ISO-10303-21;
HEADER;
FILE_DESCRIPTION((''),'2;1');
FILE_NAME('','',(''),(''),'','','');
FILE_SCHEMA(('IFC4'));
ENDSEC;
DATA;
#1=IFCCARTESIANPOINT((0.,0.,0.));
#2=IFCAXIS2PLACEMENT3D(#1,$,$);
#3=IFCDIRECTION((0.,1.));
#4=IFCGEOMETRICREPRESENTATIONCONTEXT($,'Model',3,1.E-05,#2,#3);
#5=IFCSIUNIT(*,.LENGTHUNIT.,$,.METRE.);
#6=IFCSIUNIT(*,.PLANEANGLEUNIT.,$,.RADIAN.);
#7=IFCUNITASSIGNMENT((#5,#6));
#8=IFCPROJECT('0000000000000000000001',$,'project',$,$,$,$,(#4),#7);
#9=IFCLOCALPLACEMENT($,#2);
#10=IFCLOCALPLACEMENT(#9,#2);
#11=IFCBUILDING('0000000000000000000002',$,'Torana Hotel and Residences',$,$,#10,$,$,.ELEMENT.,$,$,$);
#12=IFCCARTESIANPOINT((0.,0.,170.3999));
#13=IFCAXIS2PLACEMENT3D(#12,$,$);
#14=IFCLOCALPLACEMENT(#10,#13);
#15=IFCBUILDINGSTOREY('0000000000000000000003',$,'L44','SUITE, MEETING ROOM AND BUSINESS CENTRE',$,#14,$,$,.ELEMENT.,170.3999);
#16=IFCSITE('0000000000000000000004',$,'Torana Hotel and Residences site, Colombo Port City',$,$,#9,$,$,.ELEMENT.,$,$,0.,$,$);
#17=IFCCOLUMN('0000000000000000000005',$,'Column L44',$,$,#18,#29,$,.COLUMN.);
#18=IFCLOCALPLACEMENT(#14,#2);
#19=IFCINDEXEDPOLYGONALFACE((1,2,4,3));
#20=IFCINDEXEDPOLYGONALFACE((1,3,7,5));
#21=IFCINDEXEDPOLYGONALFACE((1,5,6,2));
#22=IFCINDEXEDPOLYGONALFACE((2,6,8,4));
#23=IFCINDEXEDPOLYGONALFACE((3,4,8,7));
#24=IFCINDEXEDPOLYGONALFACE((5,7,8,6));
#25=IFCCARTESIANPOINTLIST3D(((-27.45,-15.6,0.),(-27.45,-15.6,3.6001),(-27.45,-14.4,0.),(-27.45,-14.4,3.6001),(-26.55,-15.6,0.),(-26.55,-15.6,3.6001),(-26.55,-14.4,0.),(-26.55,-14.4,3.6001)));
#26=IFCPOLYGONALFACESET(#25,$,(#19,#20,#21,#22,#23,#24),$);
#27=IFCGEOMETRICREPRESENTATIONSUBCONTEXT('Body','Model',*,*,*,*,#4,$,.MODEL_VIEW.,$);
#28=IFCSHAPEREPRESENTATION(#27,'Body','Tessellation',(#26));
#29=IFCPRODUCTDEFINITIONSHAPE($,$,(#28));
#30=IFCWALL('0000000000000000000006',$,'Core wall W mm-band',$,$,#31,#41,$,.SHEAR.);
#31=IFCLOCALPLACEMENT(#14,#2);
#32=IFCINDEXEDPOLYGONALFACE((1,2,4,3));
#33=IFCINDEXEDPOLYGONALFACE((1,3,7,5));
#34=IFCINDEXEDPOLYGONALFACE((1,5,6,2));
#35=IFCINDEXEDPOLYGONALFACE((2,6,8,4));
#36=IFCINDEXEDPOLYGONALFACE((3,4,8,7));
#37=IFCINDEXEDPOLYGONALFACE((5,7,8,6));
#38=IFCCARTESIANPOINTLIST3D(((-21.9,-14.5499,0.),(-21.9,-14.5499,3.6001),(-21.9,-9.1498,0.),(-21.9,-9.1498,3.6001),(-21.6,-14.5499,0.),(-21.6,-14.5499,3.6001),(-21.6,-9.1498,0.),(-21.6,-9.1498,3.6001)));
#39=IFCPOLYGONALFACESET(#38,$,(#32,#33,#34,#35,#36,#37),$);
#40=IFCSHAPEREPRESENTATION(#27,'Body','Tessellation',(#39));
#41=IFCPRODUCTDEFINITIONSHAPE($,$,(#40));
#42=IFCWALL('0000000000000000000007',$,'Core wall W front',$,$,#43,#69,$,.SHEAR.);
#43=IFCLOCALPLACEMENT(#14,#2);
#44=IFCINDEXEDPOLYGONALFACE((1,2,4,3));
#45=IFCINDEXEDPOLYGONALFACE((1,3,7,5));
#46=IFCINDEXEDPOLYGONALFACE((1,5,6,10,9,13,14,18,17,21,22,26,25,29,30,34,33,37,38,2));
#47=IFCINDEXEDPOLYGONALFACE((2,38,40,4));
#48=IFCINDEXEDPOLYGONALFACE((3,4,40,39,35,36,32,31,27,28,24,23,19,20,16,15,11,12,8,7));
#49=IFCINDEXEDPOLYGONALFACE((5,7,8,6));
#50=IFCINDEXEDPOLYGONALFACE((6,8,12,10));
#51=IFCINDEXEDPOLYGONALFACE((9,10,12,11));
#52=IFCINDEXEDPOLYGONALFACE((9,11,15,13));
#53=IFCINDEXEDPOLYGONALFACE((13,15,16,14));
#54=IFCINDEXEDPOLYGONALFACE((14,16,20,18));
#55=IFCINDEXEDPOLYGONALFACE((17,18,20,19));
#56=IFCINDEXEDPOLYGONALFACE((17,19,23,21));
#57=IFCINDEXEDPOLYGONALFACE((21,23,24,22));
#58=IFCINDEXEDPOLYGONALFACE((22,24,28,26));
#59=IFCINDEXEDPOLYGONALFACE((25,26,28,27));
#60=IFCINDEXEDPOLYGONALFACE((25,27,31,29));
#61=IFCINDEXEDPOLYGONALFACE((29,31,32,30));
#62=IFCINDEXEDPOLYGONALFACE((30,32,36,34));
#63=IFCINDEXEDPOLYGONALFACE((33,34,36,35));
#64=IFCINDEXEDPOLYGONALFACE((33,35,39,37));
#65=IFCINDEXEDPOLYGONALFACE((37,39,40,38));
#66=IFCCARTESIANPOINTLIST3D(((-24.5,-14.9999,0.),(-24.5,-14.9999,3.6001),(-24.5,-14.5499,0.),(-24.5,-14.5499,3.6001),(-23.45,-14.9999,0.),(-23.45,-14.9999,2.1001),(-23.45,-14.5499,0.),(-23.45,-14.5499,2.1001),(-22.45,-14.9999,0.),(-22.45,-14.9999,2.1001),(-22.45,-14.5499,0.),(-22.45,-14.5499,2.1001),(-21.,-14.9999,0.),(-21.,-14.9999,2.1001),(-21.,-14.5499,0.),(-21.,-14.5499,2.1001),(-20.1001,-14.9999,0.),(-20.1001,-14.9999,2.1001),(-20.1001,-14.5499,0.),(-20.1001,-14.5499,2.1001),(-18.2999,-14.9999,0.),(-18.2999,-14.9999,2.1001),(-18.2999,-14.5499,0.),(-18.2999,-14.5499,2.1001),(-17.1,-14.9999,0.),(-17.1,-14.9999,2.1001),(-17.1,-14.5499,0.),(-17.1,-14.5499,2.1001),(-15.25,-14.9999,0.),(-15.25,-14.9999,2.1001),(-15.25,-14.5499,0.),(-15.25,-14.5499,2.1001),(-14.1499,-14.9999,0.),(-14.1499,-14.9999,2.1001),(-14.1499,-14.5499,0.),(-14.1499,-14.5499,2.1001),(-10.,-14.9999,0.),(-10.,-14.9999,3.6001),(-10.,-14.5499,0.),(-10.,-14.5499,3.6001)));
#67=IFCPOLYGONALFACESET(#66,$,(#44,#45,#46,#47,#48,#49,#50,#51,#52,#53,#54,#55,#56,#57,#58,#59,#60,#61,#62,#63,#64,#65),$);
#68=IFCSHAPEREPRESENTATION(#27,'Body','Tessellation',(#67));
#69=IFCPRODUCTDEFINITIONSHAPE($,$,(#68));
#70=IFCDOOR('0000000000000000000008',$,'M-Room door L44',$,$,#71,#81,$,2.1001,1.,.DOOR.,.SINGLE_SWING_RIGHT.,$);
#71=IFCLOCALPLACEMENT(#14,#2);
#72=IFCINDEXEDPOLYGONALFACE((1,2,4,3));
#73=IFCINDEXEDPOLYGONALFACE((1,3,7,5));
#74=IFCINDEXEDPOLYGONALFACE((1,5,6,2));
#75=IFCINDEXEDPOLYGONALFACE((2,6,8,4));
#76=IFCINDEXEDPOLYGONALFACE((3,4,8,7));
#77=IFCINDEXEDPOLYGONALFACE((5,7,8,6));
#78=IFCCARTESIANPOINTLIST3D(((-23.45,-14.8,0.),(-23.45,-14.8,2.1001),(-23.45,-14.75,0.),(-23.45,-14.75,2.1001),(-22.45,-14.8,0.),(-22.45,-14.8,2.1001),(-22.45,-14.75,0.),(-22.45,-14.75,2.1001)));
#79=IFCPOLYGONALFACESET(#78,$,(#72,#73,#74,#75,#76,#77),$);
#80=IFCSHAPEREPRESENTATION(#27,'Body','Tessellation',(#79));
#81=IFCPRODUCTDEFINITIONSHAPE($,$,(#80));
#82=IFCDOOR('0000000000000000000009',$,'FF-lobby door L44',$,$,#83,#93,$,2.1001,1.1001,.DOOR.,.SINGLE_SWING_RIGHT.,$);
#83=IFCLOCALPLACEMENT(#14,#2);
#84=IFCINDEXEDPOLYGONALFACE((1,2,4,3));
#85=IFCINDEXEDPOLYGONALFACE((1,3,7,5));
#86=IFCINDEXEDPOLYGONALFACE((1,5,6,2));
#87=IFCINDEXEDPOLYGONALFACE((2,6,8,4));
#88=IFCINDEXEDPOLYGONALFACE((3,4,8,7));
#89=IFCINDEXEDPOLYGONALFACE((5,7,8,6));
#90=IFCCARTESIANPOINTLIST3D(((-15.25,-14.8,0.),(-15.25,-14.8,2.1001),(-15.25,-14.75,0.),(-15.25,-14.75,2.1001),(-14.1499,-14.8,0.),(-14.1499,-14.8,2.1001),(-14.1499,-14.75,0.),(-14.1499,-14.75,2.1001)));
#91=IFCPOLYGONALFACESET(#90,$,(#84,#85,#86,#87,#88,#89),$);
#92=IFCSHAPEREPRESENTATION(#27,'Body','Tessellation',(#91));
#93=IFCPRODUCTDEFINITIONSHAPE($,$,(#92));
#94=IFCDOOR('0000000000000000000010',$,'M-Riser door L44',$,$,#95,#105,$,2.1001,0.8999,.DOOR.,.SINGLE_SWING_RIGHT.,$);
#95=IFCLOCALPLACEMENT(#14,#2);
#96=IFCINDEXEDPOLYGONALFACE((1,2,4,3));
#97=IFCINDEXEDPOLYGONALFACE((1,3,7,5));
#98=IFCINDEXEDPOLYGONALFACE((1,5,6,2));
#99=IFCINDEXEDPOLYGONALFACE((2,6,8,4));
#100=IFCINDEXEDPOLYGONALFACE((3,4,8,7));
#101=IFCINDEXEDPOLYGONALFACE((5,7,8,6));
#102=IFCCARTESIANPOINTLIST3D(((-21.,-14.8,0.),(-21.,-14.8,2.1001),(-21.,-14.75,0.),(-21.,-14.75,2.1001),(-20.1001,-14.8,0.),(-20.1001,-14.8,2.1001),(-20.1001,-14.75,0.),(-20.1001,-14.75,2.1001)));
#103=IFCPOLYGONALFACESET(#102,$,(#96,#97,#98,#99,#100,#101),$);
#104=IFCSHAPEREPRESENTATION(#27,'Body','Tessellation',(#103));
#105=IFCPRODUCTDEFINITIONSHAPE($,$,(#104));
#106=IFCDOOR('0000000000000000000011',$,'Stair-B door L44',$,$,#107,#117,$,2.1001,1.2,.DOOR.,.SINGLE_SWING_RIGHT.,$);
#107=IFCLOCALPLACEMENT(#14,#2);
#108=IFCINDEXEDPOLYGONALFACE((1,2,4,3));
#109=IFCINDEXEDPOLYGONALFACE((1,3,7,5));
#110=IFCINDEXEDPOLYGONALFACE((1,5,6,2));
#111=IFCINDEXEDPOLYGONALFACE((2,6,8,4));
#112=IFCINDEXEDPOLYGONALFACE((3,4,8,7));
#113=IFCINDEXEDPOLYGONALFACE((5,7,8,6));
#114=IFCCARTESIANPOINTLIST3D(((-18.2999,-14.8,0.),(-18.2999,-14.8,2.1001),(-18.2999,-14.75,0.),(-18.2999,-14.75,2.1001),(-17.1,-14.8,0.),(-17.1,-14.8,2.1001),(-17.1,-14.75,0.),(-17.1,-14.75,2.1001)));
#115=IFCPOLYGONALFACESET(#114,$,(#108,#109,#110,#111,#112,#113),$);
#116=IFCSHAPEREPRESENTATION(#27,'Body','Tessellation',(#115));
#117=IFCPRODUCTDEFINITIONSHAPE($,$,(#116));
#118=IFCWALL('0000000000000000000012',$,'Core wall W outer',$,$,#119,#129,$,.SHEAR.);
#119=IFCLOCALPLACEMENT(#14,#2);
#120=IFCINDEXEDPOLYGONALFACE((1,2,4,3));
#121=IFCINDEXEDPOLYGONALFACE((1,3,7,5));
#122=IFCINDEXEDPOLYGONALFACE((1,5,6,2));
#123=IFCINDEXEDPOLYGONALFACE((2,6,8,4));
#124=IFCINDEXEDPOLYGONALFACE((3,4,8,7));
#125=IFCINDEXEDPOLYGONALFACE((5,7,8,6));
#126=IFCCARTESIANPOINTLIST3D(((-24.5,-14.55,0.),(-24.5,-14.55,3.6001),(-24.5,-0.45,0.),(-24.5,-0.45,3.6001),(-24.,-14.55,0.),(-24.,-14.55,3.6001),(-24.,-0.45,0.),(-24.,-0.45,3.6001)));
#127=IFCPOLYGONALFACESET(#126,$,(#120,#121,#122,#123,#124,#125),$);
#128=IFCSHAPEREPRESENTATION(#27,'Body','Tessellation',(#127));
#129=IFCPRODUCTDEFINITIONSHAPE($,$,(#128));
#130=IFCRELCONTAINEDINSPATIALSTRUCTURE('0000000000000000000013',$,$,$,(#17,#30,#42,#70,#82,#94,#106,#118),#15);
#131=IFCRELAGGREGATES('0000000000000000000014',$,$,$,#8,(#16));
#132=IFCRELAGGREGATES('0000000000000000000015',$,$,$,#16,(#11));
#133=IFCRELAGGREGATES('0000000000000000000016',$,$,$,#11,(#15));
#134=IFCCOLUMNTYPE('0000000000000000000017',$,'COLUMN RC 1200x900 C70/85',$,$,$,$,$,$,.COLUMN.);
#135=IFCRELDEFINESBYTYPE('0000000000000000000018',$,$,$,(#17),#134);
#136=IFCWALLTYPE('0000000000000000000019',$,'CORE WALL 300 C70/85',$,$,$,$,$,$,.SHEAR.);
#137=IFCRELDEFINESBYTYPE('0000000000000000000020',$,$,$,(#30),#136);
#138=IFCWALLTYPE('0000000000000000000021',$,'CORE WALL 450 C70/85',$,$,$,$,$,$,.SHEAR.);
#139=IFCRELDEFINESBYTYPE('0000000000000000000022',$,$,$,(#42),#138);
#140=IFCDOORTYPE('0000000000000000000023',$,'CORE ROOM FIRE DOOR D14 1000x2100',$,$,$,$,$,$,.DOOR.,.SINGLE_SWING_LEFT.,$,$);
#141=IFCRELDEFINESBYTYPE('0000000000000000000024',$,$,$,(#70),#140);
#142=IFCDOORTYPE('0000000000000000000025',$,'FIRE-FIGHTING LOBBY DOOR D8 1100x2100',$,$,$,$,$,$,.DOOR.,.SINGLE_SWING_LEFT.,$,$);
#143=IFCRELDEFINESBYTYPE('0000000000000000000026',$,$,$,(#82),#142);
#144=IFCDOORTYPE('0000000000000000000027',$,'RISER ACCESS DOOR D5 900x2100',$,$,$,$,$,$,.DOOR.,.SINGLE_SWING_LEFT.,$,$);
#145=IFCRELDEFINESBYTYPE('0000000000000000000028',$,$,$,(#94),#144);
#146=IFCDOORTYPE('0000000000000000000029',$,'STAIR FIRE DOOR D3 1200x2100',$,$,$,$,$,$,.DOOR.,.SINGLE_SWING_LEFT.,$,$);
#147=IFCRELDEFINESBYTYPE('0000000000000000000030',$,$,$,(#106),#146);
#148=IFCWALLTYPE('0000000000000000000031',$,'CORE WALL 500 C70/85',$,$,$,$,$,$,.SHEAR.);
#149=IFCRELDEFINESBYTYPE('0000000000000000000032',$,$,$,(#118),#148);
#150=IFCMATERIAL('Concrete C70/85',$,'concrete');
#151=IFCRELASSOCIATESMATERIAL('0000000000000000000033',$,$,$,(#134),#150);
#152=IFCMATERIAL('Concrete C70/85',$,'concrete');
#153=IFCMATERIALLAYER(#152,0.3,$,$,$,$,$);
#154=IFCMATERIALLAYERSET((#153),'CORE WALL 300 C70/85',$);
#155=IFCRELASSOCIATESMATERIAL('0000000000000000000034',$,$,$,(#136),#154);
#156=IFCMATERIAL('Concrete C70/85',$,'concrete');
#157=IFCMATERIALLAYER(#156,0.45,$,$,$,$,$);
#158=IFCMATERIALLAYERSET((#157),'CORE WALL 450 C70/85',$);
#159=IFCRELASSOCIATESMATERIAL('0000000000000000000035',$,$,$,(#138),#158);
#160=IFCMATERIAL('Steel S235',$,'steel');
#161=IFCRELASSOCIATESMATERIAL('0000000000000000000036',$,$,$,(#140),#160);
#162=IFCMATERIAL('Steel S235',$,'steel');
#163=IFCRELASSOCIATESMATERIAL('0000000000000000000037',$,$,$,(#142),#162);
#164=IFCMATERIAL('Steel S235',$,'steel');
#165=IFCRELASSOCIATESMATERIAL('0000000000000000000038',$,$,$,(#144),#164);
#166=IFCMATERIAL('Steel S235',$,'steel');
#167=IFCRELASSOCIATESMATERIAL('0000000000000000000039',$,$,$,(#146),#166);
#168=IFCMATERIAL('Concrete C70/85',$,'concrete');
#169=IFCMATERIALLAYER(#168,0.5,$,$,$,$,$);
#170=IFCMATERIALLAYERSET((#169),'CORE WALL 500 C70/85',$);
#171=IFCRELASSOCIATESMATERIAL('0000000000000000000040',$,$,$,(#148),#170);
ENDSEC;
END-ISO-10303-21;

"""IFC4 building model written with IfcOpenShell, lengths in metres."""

from ifc_helpers import new_model, si_unit, direction, frame, frame_2d, origin, origin_2d, place, context, subcontext, project, spatial, rectangle, extrude, material, layer, layer_set, material_profile, profile_set, type_object, element, fill, save


model = new_model("IFC4")

# Units and contexts
model_context = context("Model", 3, precision=1e-05, world=origin(), true_north=direction((0.0, 1.0)))
body_context = subcontext(model_context, "Body", "Model", "MODEL_VIEW")
ifc_project = project(units=[si_unit("LENGTHUNIT", "METRE"), si_unit("PLANEANGLEUNIT", "RADIAN")], contexts=[model_context])

# Site, building, storey
site_placement = place(None, origin())
site = spatial("IfcSite", under=ifc_project, at=site_placement, Name="Torana Hotel and Residences site, Colombo Port City", CompositionType="ELEMENT", RefElevation=0.0)
building_placement = place(site_placement, origin())
building = spatial("IfcBuilding", under=site, at=building_placement, Name="Torana Hotel and Residences", CompositionType="ELEMENT")
storey_placement = place(building_placement, frame((0.0, 0.0, 170.3999)))
storey = spatial("IfcBuildingStorey", under=building, at=storey_placement, Name="L44", Description="SUITE, MEETING ROOM AND BUSINESS CENTRE", CompositionType="ELEMENT", Elevation=170.3999)

# Column
ifc_material_1 = material(Name="Concrete C70/85", Category="concrete")
ifc_material_profile = material_profile(ifc_material_1, rectangle(XDim=1.2, YDim=0.8999, at=origin_2d()), Name="RC 1200x900")
ifc_profile_set = profile_set([ifc_material_profile], Name="Concrete C70/85")
column_type = type_object("IfcColumnType", Name="COLUMN RC 1200x900 C70/85", PredefinedType="COLUMN", material=ifc_profile_set)
column_placement = place(storey_placement, frame((-27.0, -15.0, 0.0), z_axis=(0.0, 0.0, 1.0), x_axis=(0.0, 1.0, 0.0)))
element("IfcColumn", 1, at=column_placement, inside=storey, type_object=column_type, Name="Column L44", PredefinedType="COLUMN", context=body_context, shape_type="SweptSolid", body=[
    extrude(rectangle(XDim=1.2, YDim=0.8999, at=origin_2d()), origin(), (0.0, 0.0, 1.0), 3.6001),
])

# Wall
ifc_material_2 = material(Name="Concrete C70/85", Category="concrete")
ifc_layer_1 = layer(ifc_material_2, 0.3)
ifc_layer_set_1 = layer_set([ifc_layer_1], Name="CORE WALL 300 C70/85")
wall_type_1 = type_object("IfcWallType", Name="CORE WALL 300 C70/85", PredefinedType="SHEAR", material=ifc_layer_set_1)
wall_1_placement = place(storey_placement, frame((-21.75, -14.55, 0.0), z_axis=(0.0, 0.0, 1.0), x_axis=(0.0, 1.0, 0.0)))
element("IfcWall", 2, at=wall_1_placement, inside=storey, type_object=wall_type_1, Name="Core wall W mm-band", PredefinedType="SHEAR", context=body_context, shape_type="SweptSolid", body=[
    extrude(rectangle(XDim=5.4001, YDim=0.3, at=frame_2d((2.7002, 0.0))), origin(), (0.0, 0.0, 1.0), 3.6001),
])

# Wall, openings, doors
ifc_material_3 = material(Name="Concrete C70/85", Category="concrete")
ifc_layer_2 = layer(ifc_material_3, 0.45)
ifc_layer_set_2 = layer_set([ifc_layer_2], Name="CORE WALL 450 C70/85")
wall_type_2 = type_object("IfcWallType", Name="CORE WALL 450 C70/85", PredefinedType="SHEAR", material=ifc_layer_set_2)
wall_2_placement = place(storey_placement, frame((-24.5, -14.7749, 0.0), z_axis=(0.0, 0.0, 1.0), x_axis=(1.0, 0.0, 0.0)))
wall_2 = element("IfcWall", 3, at=wall_2_placement, inside=storey, type_object=wall_type_2, Name="Core wall W front", PredefinedType="SHEAR", context=body_context, shape_type="SweptSolid", body=[
    extrude(rectangle(XDim=14.5, YDim=0.45, at=frame_2d((7.25, 0.0))), origin(), (0.0, 0.0, 1.0), 3.6001),
])
opening_1_placement = place(wall_2_placement, frame((6.2, 0.0, 0.0)))
opening_1 = element("IfcOpeningElement", 4, at=opening_1_placement, cuts=wall_2, PredefinedType="OPENING", context=body_context, shape_type="SweptSolid", body=[
    extrude(rectangle(XDim=1.2, YDim=2.1001, at=frame_2d((0.6001, 1.05))), frame((0.0, 0.2349, 0.0), z_axis=(0.0, -1.0, 0.0), x_axis=(1.0, 0.0, 0.0)), (0.0, 0.0, 1.0), 0.47),
])
opening_2_placement = place(wall_2_placement, frame((9.25, 0.0, 0.0)))
opening_2 = element("IfcOpeningElement", 5, at=opening_2_placement, cuts=wall_2, PredefinedType="OPENING", context=body_context, shape_type="SweptSolid", body=[
    extrude(rectangle(XDim=1.1001, YDim=2.1001, at=frame_2d((0.55, 1.05))), frame((0.0, 0.2349, 0.0), z_axis=(0.0, -1.0, 0.0), x_axis=(1.0, 0.0, 0.0)), (0.0, 0.0, 1.0), 0.47),
])
opening_3_placement = place(wall_2_placement, frame((3.5, 0.0, 0.0)))
opening_3 = element("IfcOpeningElement", 6, at=opening_3_placement, cuts=wall_2, PredefinedType="OPENING", context=body_context, shape_type="SweptSolid", body=[
    extrude(rectangle(XDim=0.8999, YDim=2.1001, at=frame_2d((0.45, 1.05))), frame((0.0, 0.2349, 0.0), z_axis=(0.0, -1.0, 0.0), x_axis=(1.0, 0.0, 0.0)), (0.0, 0.0, 1.0), 0.47),
])
opening_4_placement = place(wall_2_placement, frame((1.05, 0.0, 0.0)))
opening_4 = element("IfcOpeningElement", 7, at=opening_4_placement, cuts=wall_2, PredefinedType="OPENING", context=body_context, shape_type="SweptSolid", body=[
    extrude(rectangle(XDim=1.0, YDim=2.1001, at=frame_2d((0.5, 1.05))), frame((0.0, 0.2349, 0.0), z_axis=(0.0, -1.0, 0.0), x_axis=(1.0, 0.0, 0.0)), (0.0, 0.0, 1.0), 0.47),
])
ifc_material_4 = material(Name="Steel S235", Category="steel")
door_type_1 = type_object("IfcDoorType", Name="CORE ROOM FIRE DOOR D14 1000x2100", OperationType="SINGLE_SWING_LEFT", PredefinedType="DOOR", material=ifc_material_4)
door_1_placement = place(opening_4_placement, origin())
door_1 = element("IfcDoor", 8, at=door_1_placement, inside=storey, type_object=door_type_1, Name="M-Room door L44", OperationType="SINGLE_SWING_RIGHT", OverallHeight=2.1001, OverallWidth=1.0, PredefinedType="DOOR", context=body_context, shape_type="SweptSolid", body=[
    extrude(rectangle(XDim=1.0, YDim=2.1001, at=frame_2d((0.5, 1.05))), frame((0.0, 0.0249, 0.0), z_axis=(0.0, -1.0, 0.0), x_axis=(1.0, 0.0, 0.0)), (0.0, 0.0, 1.0), 0.05),
])
fill(opening_4, door_1)
ifc_material_5 = material(Name="Steel S235", Category="steel")
door_type_2 = type_object("IfcDoorType", Name="FIRE-FIGHTING LOBBY DOOR D8 1100x2100", OperationType="SINGLE_SWING_LEFT", PredefinedType="DOOR", material=ifc_material_5)
door_2_placement = place(opening_2_placement, origin())
door_2 = element("IfcDoor", 9, at=door_2_placement, inside=storey, type_object=door_type_2, Name="FF-lobby door L44", OperationType="SINGLE_SWING_RIGHT", OverallHeight=2.1001, OverallWidth=1.1001, PredefinedType="DOOR", context=body_context, shape_type="SweptSolid", body=[
    extrude(rectangle(XDim=1.1001, YDim=2.1001, at=frame_2d((0.55, 1.05))), frame((0.0, 0.0249, 0.0), z_axis=(0.0, -1.0, 0.0), x_axis=(1.0, 0.0, 0.0)), (0.0, 0.0, 1.0), 0.05),
])
fill(opening_2, door_2)
ifc_material_6 = material(Name="Steel S235", Category="steel")
door_type_3 = type_object("IfcDoorType", Name="RISER ACCESS DOOR D5 900x2100", OperationType="SINGLE_SWING_LEFT", PredefinedType="DOOR", material=ifc_material_6)
door_3_placement = place(opening_3_placement, origin())
door_3 = element("IfcDoor", 10, at=door_3_placement, inside=storey, type_object=door_type_3, Name="M-Riser door L44", OperationType="SINGLE_SWING_RIGHT", OverallHeight=2.1001, OverallWidth=0.8999, PredefinedType="DOOR", context=body_context, shape_type="SweptSolid", body=[
    extrude(rectangle(XDim=0.8999, YDim=2.1001, at=frame_2d((0.45, 1.05))), frame((0.0, 0.0249, 0.0), z_axis=(0.0, -1.0, 0.0), x_axis=(1.0, 0.0, 0.0)), (0.0, 0.0, 1.0), 0.05),
])
fill(opening_3, door_3)
ifc_material_7 = material(Name="Steel S235", Category="steel")
door_type_4 = type_object("IfcDoorType", Name="STAIR FIRE DOOR D3 1200x2100", OperationType="SINGLE_SWING_LEFT", PredefinedType="DOOR", material=ifc_material_7)
door_4_placement = place(opening_1_placement, origin())
door_4 = element("IfcDoor", 11, at=door_4_placement, inside=storey, type_object=door_type_4, Name="Stair-B door L44", OperationType="SINGLE_SWING_RIGHT", OverallHeight=2.1001, OverallWidth=1.2, PredefinedType="DOOR", context=body_context, shape_type="SweptSolid", body=[
    extrude(rectangle(XDim=1.2, YDim=2.1001, at=frame_2d((0.6001, 1.05))), frame((0.0, 0.0249, 0.0), z_axis=(0.0, -1.0, 0.0), x_axis=(1.0, 0.0, 0.0)), (0.0, 0.0, 1.0), 0.05),
])
fill(opening_1, door_4)

# Wall
ifc_material_8 = material(Name="Concrete C70/85", Category="concrete")
ifc_layer_3 = layer(ifc_material_8, 0.5)
ifc_layer_set_3 = layer_set([ifc_layer_3], Name="CORE WALL 500 C70/85")
wall_type_3 = type_object("IfcWallType", Name="CORE WALL 500 C70/85", PredefinedType="SHEAR", material=ifc_layer_set_3)
wall_3_placement = place(storey_placement, frame((-24.25, -14.55, 0.0), z_axis=(0.0, 0.0, 1.0), x_axis=(0.0, 1.0, 0.0)))
element("IfcWall", 12, at=wall_3_placement, inside=storey, type_object=wall_type_3, Name="Core wall W outer", PredefinedType="SHEAR", context=body_context, shape_type="SweptSolid", body=[
    extrude(rectangle(XDim=14.1001, YDim=0.5, at=frame_2d((7.05, 0.0))), origin(), (0.0, 0.0, 1.0), 3.6001),
])

save(model, "model.ifc")
